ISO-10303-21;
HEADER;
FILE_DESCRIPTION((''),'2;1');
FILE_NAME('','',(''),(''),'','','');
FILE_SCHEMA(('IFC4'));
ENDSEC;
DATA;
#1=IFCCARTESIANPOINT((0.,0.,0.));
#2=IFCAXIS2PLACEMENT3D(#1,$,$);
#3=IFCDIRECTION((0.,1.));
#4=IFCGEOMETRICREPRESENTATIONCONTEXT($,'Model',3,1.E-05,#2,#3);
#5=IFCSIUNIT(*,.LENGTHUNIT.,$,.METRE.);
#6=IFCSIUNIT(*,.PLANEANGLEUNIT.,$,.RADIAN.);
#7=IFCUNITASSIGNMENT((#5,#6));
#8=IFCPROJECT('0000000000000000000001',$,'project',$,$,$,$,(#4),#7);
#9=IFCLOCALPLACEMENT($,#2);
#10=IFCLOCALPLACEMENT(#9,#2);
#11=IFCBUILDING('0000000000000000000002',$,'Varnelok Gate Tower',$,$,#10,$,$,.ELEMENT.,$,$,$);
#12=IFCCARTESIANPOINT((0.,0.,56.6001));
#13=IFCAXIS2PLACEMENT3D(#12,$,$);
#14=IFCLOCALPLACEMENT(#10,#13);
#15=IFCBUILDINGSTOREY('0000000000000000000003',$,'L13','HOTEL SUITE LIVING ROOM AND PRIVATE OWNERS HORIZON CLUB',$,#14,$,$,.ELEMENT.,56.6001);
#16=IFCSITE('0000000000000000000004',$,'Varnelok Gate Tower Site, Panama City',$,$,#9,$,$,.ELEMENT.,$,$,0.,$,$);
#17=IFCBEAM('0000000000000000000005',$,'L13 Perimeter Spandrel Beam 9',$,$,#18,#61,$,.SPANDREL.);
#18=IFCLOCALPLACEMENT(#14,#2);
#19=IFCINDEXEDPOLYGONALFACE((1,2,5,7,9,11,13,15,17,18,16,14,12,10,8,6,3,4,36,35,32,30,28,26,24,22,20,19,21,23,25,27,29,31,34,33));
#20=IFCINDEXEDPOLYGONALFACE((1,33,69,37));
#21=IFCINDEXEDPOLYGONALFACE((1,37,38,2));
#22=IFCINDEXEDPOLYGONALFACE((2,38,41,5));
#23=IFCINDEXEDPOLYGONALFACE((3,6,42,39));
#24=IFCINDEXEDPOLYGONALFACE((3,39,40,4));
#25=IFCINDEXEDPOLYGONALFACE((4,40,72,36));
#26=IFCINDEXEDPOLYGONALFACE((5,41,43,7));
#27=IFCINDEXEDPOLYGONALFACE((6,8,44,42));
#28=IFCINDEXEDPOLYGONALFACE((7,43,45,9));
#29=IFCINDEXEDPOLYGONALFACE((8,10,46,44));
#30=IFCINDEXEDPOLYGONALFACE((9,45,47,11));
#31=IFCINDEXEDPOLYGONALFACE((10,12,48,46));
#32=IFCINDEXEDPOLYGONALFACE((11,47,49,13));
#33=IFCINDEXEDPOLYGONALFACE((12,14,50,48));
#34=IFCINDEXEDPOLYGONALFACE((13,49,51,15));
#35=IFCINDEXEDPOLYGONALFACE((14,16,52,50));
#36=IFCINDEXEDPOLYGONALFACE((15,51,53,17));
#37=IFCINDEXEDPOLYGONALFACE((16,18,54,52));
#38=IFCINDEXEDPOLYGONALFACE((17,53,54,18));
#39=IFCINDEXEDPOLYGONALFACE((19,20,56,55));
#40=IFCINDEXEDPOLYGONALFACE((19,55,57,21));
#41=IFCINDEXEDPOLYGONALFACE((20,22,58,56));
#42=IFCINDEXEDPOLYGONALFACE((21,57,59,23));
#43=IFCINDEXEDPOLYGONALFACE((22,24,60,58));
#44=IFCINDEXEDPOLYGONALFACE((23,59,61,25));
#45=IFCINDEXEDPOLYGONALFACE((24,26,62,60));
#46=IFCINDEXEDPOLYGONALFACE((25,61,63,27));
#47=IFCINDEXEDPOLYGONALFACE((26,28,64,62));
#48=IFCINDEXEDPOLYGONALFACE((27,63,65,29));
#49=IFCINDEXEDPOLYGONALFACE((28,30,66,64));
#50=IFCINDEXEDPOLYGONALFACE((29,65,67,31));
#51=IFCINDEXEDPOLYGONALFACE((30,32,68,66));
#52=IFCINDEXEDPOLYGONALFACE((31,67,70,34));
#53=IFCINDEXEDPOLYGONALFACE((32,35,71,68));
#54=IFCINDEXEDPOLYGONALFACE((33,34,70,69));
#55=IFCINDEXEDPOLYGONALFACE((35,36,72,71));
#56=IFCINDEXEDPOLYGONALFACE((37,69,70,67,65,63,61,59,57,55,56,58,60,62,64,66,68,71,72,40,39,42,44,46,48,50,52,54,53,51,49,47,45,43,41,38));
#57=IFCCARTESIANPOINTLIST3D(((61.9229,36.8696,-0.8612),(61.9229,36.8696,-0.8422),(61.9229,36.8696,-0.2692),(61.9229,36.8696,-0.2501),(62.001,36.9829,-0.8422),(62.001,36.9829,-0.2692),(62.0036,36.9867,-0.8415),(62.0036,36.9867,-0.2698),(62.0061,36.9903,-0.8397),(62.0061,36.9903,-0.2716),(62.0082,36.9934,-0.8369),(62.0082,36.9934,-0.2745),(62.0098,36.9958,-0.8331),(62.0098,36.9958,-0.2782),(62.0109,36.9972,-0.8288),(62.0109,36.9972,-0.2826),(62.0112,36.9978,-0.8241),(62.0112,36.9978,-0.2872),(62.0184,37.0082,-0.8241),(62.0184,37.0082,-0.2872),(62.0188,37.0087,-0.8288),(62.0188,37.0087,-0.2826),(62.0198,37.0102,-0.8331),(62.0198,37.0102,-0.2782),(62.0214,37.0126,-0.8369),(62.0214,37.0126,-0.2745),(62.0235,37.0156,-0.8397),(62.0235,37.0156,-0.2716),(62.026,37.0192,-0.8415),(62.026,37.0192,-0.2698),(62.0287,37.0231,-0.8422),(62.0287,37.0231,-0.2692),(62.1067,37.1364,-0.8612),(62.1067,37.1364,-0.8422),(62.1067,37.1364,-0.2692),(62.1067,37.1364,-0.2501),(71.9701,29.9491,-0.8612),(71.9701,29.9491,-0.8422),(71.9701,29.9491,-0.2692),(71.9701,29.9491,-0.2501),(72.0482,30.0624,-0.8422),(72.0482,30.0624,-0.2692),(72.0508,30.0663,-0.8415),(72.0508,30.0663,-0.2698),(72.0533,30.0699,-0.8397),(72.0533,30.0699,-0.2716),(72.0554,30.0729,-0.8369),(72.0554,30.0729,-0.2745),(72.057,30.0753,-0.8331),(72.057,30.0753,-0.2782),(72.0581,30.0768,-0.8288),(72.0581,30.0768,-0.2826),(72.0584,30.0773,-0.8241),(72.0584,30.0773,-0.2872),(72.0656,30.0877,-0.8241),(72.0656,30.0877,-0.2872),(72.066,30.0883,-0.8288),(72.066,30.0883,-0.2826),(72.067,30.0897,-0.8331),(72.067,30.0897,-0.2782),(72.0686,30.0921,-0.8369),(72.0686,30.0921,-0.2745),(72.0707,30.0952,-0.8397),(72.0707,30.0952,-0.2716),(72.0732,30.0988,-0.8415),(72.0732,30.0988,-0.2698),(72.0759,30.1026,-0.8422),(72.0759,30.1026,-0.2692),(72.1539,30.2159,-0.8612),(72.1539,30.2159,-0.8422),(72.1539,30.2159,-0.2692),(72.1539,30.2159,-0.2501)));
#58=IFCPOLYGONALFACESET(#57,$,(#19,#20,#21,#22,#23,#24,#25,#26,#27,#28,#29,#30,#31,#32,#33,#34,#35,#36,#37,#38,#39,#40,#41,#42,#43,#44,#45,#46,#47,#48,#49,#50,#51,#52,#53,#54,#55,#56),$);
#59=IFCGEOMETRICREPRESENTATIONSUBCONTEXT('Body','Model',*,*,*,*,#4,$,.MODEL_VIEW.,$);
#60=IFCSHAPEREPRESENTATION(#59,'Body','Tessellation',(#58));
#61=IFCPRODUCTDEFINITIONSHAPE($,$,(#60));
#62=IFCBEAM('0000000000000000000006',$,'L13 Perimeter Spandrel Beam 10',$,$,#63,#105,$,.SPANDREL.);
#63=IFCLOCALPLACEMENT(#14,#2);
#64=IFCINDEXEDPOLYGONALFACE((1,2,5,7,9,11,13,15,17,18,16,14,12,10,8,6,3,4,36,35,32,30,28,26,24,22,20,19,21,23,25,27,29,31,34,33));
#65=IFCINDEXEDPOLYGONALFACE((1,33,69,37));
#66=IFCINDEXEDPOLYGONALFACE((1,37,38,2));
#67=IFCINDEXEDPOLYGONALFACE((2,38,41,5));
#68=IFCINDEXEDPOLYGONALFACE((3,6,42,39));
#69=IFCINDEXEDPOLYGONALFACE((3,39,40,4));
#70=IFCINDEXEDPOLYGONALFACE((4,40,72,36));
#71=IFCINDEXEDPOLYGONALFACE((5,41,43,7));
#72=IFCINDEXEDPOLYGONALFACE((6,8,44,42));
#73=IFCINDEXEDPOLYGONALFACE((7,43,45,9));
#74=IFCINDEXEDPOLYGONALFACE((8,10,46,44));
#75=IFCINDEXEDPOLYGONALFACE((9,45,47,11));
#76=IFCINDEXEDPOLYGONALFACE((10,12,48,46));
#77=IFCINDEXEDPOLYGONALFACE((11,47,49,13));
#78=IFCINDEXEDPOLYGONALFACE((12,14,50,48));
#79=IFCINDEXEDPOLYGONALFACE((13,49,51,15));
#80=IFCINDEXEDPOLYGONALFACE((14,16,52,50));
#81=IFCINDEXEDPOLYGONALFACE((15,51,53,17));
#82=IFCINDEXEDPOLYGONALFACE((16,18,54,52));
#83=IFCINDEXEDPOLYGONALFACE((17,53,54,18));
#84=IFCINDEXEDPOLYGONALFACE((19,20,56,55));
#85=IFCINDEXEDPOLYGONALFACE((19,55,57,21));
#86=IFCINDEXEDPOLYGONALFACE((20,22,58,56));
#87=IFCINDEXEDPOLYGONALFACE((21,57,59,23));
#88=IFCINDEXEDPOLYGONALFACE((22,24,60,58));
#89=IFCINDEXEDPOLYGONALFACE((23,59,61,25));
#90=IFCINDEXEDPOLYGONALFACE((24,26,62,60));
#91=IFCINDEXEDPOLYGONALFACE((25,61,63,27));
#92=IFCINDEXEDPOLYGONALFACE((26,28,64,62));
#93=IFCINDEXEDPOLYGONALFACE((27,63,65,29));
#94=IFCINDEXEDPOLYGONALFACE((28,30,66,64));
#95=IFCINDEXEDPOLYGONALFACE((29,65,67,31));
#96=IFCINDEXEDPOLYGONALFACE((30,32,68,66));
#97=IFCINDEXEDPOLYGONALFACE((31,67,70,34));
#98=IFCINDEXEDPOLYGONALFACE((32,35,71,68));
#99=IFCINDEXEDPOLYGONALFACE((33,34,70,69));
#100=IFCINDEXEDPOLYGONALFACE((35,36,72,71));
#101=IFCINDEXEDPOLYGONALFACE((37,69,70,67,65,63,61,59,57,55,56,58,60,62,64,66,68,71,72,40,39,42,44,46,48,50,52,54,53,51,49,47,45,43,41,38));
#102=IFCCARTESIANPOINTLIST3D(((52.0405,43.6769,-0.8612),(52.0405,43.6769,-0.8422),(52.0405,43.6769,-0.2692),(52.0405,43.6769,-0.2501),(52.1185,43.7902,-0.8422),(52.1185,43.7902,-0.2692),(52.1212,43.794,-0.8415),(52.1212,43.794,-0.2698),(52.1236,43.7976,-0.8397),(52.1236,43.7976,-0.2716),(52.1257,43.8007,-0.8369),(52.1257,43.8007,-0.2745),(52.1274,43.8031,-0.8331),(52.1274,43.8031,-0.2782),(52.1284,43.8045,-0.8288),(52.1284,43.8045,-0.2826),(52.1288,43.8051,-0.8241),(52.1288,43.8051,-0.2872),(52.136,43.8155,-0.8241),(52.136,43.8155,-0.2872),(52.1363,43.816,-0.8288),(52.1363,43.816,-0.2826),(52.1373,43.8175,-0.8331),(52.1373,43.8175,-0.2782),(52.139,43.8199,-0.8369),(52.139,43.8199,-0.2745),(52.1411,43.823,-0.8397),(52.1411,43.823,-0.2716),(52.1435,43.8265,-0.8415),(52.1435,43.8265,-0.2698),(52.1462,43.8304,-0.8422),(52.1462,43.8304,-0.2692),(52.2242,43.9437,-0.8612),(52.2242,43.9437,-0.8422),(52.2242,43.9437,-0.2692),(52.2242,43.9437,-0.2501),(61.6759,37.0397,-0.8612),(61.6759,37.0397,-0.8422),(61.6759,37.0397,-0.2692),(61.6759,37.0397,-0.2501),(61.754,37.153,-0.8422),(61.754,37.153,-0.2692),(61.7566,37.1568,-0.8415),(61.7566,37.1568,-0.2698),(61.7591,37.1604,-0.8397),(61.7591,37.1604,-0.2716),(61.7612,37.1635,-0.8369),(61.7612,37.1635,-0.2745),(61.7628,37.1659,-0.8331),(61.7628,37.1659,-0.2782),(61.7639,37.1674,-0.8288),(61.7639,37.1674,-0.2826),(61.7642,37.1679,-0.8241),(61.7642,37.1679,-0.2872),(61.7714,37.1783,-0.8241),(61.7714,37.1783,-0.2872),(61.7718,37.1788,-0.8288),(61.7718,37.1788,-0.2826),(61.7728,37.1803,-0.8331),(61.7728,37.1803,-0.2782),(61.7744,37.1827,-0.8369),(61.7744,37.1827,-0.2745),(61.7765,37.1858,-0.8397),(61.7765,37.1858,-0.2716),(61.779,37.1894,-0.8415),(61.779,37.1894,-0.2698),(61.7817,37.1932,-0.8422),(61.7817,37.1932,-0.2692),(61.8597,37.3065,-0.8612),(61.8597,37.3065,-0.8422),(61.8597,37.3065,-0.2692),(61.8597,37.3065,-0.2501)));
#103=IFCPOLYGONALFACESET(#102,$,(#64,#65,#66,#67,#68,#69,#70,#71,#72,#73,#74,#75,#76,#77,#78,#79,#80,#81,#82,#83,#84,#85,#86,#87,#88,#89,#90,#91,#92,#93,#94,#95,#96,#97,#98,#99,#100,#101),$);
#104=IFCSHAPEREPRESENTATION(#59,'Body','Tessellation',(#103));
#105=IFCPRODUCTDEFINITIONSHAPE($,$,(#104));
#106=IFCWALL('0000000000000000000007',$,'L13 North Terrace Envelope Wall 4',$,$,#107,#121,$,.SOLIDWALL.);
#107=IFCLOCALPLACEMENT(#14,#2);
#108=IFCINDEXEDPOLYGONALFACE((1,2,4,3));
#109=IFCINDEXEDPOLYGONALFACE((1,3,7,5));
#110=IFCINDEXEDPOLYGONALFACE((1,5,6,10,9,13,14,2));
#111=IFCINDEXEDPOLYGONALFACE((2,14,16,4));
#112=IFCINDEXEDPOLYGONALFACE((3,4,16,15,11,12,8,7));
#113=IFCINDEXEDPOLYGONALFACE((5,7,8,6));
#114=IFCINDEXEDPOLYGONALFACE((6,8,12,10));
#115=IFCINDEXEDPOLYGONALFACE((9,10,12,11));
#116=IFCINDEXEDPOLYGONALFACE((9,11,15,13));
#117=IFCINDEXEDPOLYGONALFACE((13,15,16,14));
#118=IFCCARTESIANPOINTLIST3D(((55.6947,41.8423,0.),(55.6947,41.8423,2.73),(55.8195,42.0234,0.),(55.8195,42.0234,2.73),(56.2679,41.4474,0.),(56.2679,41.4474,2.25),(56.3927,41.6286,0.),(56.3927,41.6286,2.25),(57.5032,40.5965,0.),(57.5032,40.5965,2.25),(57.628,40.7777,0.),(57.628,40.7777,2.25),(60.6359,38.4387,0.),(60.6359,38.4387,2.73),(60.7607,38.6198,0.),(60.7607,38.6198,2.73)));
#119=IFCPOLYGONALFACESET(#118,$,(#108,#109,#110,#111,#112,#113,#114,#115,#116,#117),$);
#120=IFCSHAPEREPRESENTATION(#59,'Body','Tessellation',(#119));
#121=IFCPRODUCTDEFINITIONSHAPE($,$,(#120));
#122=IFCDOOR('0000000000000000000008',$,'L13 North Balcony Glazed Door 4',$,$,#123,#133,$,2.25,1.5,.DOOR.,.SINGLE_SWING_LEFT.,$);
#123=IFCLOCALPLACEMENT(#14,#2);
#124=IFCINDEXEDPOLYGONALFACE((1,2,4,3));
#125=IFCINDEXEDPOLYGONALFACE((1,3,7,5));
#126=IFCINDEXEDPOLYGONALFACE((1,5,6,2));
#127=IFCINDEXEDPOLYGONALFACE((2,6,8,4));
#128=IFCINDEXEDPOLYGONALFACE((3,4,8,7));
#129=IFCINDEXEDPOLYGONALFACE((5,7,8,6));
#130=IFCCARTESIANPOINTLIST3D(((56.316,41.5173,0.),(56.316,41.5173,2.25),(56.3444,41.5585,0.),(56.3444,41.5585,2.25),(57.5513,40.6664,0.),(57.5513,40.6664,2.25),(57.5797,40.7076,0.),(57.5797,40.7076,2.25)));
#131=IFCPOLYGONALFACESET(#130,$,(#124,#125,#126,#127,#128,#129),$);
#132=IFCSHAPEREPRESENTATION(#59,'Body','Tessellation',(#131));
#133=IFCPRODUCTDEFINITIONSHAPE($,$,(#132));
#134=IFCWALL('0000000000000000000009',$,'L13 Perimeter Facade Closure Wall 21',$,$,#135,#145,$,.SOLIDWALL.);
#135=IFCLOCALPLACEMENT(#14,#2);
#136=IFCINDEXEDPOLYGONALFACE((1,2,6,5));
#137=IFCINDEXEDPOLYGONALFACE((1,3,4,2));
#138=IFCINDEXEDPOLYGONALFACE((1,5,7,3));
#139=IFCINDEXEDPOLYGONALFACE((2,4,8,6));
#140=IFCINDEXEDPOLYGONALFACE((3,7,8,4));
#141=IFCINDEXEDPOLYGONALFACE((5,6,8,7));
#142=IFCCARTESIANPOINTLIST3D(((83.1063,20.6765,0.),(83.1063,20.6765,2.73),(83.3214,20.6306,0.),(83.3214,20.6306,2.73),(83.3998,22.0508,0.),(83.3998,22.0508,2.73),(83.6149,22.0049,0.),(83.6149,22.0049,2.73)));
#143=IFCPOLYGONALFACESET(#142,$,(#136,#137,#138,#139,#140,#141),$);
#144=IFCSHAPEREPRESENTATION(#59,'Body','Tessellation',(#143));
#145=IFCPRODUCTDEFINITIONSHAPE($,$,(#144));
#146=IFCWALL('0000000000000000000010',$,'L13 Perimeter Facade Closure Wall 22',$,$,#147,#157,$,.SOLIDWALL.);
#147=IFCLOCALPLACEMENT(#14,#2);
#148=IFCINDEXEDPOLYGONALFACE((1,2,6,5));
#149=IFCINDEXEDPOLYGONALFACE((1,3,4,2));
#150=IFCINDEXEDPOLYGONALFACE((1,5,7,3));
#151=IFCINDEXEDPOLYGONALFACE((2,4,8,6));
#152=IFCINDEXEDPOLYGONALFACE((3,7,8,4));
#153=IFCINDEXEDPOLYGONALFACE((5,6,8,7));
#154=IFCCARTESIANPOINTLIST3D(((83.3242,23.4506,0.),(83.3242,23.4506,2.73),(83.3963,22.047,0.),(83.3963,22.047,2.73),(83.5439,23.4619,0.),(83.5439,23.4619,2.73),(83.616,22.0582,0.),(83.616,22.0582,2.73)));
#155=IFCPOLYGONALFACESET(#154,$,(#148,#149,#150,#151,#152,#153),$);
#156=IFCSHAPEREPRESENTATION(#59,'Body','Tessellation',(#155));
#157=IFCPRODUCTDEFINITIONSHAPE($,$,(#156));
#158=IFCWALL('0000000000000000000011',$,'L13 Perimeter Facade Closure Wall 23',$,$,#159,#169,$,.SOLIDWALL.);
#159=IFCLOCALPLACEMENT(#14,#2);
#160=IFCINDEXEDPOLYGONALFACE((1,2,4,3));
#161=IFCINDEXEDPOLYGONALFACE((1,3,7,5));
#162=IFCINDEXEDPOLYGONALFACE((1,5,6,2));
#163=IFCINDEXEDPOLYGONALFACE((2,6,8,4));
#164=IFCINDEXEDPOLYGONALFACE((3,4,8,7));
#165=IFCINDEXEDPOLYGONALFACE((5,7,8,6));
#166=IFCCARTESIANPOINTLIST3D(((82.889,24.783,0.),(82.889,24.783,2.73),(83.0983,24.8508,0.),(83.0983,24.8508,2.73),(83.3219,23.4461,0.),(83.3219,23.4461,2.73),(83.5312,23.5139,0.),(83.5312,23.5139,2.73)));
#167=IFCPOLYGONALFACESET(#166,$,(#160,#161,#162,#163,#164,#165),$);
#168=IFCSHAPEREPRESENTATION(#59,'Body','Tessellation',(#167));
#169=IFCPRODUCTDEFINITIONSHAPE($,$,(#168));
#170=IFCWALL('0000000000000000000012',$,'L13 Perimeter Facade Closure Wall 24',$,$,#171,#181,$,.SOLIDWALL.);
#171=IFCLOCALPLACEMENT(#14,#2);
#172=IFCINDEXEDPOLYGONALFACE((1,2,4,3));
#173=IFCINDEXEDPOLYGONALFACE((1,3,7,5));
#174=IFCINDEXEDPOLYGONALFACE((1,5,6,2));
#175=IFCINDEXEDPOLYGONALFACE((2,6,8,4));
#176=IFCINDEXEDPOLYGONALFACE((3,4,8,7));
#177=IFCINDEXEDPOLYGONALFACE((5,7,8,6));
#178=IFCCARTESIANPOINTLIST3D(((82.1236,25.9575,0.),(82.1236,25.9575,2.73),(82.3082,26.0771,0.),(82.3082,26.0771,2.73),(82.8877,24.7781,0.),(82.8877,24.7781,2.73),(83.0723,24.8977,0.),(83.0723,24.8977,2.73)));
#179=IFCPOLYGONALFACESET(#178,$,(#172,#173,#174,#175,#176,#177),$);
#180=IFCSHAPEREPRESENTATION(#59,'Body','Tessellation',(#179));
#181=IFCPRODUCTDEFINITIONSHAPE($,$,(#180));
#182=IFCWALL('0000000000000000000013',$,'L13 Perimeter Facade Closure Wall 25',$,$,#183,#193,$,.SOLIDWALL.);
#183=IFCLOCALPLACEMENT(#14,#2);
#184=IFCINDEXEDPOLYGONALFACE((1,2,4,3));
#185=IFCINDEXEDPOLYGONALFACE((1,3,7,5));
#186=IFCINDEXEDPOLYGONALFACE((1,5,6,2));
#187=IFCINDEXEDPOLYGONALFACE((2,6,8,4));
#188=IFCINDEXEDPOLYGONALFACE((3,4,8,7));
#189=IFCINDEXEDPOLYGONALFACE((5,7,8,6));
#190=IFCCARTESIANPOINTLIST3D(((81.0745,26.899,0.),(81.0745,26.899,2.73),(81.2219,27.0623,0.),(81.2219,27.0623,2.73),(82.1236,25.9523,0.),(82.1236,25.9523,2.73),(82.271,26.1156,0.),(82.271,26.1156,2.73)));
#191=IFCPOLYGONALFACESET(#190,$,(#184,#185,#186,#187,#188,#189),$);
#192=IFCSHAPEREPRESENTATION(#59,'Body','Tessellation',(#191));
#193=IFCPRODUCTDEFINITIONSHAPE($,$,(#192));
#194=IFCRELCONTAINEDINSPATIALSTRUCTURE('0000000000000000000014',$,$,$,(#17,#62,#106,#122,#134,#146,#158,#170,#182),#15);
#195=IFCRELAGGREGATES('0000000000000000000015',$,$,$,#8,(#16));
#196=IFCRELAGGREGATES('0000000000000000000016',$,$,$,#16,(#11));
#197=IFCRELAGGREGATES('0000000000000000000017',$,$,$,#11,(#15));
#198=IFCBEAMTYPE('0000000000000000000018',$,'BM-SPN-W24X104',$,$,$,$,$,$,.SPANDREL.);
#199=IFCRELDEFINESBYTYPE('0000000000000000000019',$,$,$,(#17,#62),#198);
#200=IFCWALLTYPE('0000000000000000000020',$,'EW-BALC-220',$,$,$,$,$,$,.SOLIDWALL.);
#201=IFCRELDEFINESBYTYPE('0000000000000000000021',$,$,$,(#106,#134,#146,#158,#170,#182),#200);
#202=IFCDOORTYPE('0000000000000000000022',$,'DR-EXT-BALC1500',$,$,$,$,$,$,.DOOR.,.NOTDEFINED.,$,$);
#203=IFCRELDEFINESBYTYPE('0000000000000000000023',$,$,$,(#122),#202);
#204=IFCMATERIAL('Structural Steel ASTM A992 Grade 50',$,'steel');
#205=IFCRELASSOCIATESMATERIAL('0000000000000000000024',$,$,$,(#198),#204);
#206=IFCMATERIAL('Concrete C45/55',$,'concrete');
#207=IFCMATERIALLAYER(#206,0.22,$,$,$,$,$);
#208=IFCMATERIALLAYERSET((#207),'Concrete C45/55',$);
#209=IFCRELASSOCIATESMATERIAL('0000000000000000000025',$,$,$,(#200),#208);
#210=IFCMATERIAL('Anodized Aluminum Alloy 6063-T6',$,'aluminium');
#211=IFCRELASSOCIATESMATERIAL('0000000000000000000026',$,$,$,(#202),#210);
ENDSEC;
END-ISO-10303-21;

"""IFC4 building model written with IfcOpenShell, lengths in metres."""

from ifc_helpers import new_model, si_unit, direction, frame, frame_2d, origin, origin_2d, place, context, subcontext, project, spatial, rectangle, i_section, extrude, material, layer, layer_set, material_profile, profile_set, type_object, element, fill, save


model = new_model("IFC4")

# Units and contexts
model_context = context("Model", 3, precision=1e-05, world=origin(), true_north=direction((0.0, 1.0)))
body_context = subcontext(model_context, "Body", "Model", "MODEL_VIEW")
ifc_project = project(units=[si_unit("LENGTHUNIT", "METRE"), si_unit("PLANEANGLEUNIT", "RADIAN")], contexts=[model_context])

# Site, building, storey
site_placement = place(None, origin())
site = spatial("IfcSite", under=ifc_project, at=site_placement, Name="Varnelok Gate Tower Site, Panama City", CompositionType="ELEMENT", RefElevation=0.0)
building_placement = place(site_placement, origin())
building = spatial("IfcBuilding", under=site, at=building_placement, Name="Varnelok Gate Tower", CompositionType="ELEMENT")
storey_placement = place(building_placement, frame((0.0, 0.0, 56.6001)))
storey = spatial("IfcBuildingStorey", under=building, at=storey_placement, Name="L13", Description="HOTEL SUITE LIVING ROOM AND PRIVATE OWNERS HORIZON CLUB", CompositionType="ELEMENT", Elevation=56.6001)

# Shared definitions
ifc_material_1 = material(Name="Structural Steel ASTM A992 Grade 50", Category="steel")

# Beams
ifc_material_profile_1 = material_profile(ifc_material_1, i_section(OverallWidth=0.324, OverallDepth=0.6111, WebThickness=0.0127, FlangeThickness=0.019, FilletRadius=0.0181, at=origin_2d()), Name="W24X104")
ifc_profile_set_1 = profile_set([ifc_material_profile_1], Name="Structural Steel ASTM A992 Grade 50")
beam_type_1 = type_object("IfcBeamType", Name="BM-SPN-W24X104", PredefinedType="SPANDREL", material=ifc_profile_set_1)
beam_1_placement = place(storey_placement, frame((72.062, 30.0825, -0.5557), z_axis=(-0.823544, 0.567253, 0.0), x_axis=(-0.567253, -0.823544, 0.0)))
element("IfcBeam", 1, at=beam_1_placement, inside=storey, type_object=beam_type_1, Name="L13 Perimeter Spandrel Beam 9", PredefinedType="SPANDREL", context=body_context, shape_type="SweptSolid", body=[
    extrude(i_section(OverallWidth=0.324, OverallDepth=0.6111, WebThickness=0.0127, FlangeThickness=0.019, FilletRadius=0.0181, at=origin_2d()), origin(), (0.0, 0.0, 1.0), 12.2),
])
beam_2_placement = place(storey_placement, frame((61.7678, 37.1731, -0.5557), z_axis=(-0.823531, 0.567272, 0.0), x_axis=(-0.567272, -0.823531, 0.0)))
element("IfcBeam", 2, at=beam_2_placement, inside=storey, type_object=beam_type_1, Name="L13 Perimeter Spandrel Beam 10", PredefinedType="SPANDREL", context=body_context, shape_type="SweptSolid", body=[
    extrude(i_section(OverallWidth=0.324, OverallDepth=0.6111, WebThickness=0.0127, FlangeThickness=0.019, FilletRadius=0.0181, at=origin_2d()), origin(), (0.0, 0.0, 1.0), 11.7002),
])

# Wall, opening, door
ifc_material_2 = material(Name="Concrete C45/55", Category="concrete")
ifc_layer = layer(ifc_material_2, 0.22)
ifc_layer_set = layer_set([ifc_layer], Name="Concrete C45/55")
wall_type = type_object("IfcWallType", Name="EW-BALC-220", PredefinedType="SOLIDWALL", material=ifc_layer_set)
wall_1_placement = place(storey_placement, frame((55.7571, 41.9329, 0.0), z_axis=(0.0, 0.0, 1.0), x_axis=(0.823535, -0.567266, 0.0)))
wall_1 = element("IfcWall", 3, at=wall_1_placement, inside=storey, type_object=wall_type, Name="L13 North Terrace Envelope Wall 4", PredefinedType="SOLIDWALL", context=body_context, shape_type="SweptSolid", body=[
    extrude(rectangle(XDim=6.0, YDim=0.22, at=frame_2d((3.0, 0.0))), origin(), (0.0, 0.0, 1.0), 2.73),
])
opening_1_placement = place(wall_1_placement, frame((0.696, 0.0, 0.0)))
opening_1 = element("IfcOpeningElement", 4, at=opening_1_placement, cuts=wall_1, PredefinedType="OPENING", context=body_context, shape_type="SweptSolid", body=[
    extrude(rectangle(XDim=1.5, YDim=2.25, at=frame_2d((0.75, 1.125))), frame((0.0, 0.1199, 0.0), z_axis=(0.0, -1.0, 0.0), x_axis=(1.0, 0.0, 0.0)), (0.0, 0.0, 1.0), 0.24),
])
ifc_material_3 = material(Name="Anodized Aluminum Alloy 6063-T6", Category="aluminium")
door_type = type_object("IfcDoorType", Name="DR-EXT-BALC1500", OperationType="NOTDEFINED", PredefinedType="DOOR", material=ifc_material_3)
door_placement = place(opening_1_placement, origin())
door = element("IfcDoor", 5, at=door_placement, inside=storey, type_object=door_type, Name="L13 North Balcony Glazed Door 4", OperationType="SINGLE_SWING_LEFT", OverallHeight=2.25, OverallWidth=1.5, PredefinedType="DOOR", context=body_context, shape_type="SweptSolid", body=[
    extrude(rectangle(XDim=1.5, YDim=2.25, at=frame_2d((0.75, 1.125))), frame((0.0, 0.0249, 0.0), z_axis=(0.0, -1.0, 0.0), x_axis=(1.0, 0.0, 0.0)), (0.0, 0.0, 1.0), 0.05),
])
fill(opening_1, door)

# Walls
wall_2_placement = place(storey_placement, frame((83.2139, 20.6536, 0.0), z_axis=(0.0, 0.0, 1.0), x_axis=(0.208829, 0.977952, 0.0)))
element("IfcWall", 6, at=wall_2_placement, inside=storey, type_object=wall_type, Name="L13 Perimeter Facade Closure Wall 21", PredefinedType="SOLIDWALL", context=body_context, shape_type="SweptSolid", body=[
    extrude(rectangle(XDim=1.4053, YDim=0.22, at=frame_2d((0.7026, 0.0))), origin(), (0.0, 0.0, 1.0), 2.73),
])
wall_3_placement = place(storey_placement, frame((83.5061, 22.0527, 0.0), z_axis=(0.0, 0.0, 1.0), x_axis=(-0.051246, 0.998686, 0.0)))
element("IfcWall", 7, at=wall_3_placement, inside=storey, type_object=wall_type, Name="L13 Perimeter Facade Closure Wall 22", PredefinedType="SOLIDWALL", context=body_context, shape_type="SweptSolid", body=[
    extrude(rectangle(XDim=1.4055, YDim=0.22, at=frame_2d((0.7026, 0.0))), origin(), (0.0, 0.0, 1.0), 2.73),
])
for number, where, z_axis, x_axis, name in (
    (8, (83.4265, 23.48, 0.0), (0.0, 0.0, 1.0), (-0.308033, 0.951376, 0.0), "L13 Perimeter Facade Closure Wall 23"),
    (9, (82.98, 24.8379, 0.0), (0.0, 0.0, 1.0), (-0.543748, 0.839248, 0.0), "L13 Perimeter Facade Closure Wall 24"),
):
    element("IfcWall", number, at=place(storey_placement, frame(where, z_axis=z_axis, x_axis=x_axis)), inside=storey, type_object=wall_type, Name=name, PredefinedType="SOLIDWALL", context=body_context, shape_type="SweptSolid", body=[
        extrude(rectangle(XDim=1.4053, YDim=0.22, at=frame_2d((0.7026, 0.0))), origin(), (0.0, 0.0, 1.0), 2.73),
    ])
wall_4_placement = place(storey_placement, frame((82.1973, 26.0339, 0.0), z_axis=(0.0, 0.0, 1.0), x_axis=(-0.742374, 0.669985, 0.0)))
element("IfcWall", 10, at=wall_4_placement, inside=storey, type_object=wall_type, Name="L13 Perimeter Facade Closure Wall 25", PredefinedType="SOLIDWALL", context=body_context, shape_type="SweptSolid", body=[
    extrude(rectangle(XDim=1.4131, YDim=0.22, at=frame_2d((0.7065, 0.0))), origin(), (0.0, 0.0, 1.0), 2.73),
])

save(model, "model.ifc")
